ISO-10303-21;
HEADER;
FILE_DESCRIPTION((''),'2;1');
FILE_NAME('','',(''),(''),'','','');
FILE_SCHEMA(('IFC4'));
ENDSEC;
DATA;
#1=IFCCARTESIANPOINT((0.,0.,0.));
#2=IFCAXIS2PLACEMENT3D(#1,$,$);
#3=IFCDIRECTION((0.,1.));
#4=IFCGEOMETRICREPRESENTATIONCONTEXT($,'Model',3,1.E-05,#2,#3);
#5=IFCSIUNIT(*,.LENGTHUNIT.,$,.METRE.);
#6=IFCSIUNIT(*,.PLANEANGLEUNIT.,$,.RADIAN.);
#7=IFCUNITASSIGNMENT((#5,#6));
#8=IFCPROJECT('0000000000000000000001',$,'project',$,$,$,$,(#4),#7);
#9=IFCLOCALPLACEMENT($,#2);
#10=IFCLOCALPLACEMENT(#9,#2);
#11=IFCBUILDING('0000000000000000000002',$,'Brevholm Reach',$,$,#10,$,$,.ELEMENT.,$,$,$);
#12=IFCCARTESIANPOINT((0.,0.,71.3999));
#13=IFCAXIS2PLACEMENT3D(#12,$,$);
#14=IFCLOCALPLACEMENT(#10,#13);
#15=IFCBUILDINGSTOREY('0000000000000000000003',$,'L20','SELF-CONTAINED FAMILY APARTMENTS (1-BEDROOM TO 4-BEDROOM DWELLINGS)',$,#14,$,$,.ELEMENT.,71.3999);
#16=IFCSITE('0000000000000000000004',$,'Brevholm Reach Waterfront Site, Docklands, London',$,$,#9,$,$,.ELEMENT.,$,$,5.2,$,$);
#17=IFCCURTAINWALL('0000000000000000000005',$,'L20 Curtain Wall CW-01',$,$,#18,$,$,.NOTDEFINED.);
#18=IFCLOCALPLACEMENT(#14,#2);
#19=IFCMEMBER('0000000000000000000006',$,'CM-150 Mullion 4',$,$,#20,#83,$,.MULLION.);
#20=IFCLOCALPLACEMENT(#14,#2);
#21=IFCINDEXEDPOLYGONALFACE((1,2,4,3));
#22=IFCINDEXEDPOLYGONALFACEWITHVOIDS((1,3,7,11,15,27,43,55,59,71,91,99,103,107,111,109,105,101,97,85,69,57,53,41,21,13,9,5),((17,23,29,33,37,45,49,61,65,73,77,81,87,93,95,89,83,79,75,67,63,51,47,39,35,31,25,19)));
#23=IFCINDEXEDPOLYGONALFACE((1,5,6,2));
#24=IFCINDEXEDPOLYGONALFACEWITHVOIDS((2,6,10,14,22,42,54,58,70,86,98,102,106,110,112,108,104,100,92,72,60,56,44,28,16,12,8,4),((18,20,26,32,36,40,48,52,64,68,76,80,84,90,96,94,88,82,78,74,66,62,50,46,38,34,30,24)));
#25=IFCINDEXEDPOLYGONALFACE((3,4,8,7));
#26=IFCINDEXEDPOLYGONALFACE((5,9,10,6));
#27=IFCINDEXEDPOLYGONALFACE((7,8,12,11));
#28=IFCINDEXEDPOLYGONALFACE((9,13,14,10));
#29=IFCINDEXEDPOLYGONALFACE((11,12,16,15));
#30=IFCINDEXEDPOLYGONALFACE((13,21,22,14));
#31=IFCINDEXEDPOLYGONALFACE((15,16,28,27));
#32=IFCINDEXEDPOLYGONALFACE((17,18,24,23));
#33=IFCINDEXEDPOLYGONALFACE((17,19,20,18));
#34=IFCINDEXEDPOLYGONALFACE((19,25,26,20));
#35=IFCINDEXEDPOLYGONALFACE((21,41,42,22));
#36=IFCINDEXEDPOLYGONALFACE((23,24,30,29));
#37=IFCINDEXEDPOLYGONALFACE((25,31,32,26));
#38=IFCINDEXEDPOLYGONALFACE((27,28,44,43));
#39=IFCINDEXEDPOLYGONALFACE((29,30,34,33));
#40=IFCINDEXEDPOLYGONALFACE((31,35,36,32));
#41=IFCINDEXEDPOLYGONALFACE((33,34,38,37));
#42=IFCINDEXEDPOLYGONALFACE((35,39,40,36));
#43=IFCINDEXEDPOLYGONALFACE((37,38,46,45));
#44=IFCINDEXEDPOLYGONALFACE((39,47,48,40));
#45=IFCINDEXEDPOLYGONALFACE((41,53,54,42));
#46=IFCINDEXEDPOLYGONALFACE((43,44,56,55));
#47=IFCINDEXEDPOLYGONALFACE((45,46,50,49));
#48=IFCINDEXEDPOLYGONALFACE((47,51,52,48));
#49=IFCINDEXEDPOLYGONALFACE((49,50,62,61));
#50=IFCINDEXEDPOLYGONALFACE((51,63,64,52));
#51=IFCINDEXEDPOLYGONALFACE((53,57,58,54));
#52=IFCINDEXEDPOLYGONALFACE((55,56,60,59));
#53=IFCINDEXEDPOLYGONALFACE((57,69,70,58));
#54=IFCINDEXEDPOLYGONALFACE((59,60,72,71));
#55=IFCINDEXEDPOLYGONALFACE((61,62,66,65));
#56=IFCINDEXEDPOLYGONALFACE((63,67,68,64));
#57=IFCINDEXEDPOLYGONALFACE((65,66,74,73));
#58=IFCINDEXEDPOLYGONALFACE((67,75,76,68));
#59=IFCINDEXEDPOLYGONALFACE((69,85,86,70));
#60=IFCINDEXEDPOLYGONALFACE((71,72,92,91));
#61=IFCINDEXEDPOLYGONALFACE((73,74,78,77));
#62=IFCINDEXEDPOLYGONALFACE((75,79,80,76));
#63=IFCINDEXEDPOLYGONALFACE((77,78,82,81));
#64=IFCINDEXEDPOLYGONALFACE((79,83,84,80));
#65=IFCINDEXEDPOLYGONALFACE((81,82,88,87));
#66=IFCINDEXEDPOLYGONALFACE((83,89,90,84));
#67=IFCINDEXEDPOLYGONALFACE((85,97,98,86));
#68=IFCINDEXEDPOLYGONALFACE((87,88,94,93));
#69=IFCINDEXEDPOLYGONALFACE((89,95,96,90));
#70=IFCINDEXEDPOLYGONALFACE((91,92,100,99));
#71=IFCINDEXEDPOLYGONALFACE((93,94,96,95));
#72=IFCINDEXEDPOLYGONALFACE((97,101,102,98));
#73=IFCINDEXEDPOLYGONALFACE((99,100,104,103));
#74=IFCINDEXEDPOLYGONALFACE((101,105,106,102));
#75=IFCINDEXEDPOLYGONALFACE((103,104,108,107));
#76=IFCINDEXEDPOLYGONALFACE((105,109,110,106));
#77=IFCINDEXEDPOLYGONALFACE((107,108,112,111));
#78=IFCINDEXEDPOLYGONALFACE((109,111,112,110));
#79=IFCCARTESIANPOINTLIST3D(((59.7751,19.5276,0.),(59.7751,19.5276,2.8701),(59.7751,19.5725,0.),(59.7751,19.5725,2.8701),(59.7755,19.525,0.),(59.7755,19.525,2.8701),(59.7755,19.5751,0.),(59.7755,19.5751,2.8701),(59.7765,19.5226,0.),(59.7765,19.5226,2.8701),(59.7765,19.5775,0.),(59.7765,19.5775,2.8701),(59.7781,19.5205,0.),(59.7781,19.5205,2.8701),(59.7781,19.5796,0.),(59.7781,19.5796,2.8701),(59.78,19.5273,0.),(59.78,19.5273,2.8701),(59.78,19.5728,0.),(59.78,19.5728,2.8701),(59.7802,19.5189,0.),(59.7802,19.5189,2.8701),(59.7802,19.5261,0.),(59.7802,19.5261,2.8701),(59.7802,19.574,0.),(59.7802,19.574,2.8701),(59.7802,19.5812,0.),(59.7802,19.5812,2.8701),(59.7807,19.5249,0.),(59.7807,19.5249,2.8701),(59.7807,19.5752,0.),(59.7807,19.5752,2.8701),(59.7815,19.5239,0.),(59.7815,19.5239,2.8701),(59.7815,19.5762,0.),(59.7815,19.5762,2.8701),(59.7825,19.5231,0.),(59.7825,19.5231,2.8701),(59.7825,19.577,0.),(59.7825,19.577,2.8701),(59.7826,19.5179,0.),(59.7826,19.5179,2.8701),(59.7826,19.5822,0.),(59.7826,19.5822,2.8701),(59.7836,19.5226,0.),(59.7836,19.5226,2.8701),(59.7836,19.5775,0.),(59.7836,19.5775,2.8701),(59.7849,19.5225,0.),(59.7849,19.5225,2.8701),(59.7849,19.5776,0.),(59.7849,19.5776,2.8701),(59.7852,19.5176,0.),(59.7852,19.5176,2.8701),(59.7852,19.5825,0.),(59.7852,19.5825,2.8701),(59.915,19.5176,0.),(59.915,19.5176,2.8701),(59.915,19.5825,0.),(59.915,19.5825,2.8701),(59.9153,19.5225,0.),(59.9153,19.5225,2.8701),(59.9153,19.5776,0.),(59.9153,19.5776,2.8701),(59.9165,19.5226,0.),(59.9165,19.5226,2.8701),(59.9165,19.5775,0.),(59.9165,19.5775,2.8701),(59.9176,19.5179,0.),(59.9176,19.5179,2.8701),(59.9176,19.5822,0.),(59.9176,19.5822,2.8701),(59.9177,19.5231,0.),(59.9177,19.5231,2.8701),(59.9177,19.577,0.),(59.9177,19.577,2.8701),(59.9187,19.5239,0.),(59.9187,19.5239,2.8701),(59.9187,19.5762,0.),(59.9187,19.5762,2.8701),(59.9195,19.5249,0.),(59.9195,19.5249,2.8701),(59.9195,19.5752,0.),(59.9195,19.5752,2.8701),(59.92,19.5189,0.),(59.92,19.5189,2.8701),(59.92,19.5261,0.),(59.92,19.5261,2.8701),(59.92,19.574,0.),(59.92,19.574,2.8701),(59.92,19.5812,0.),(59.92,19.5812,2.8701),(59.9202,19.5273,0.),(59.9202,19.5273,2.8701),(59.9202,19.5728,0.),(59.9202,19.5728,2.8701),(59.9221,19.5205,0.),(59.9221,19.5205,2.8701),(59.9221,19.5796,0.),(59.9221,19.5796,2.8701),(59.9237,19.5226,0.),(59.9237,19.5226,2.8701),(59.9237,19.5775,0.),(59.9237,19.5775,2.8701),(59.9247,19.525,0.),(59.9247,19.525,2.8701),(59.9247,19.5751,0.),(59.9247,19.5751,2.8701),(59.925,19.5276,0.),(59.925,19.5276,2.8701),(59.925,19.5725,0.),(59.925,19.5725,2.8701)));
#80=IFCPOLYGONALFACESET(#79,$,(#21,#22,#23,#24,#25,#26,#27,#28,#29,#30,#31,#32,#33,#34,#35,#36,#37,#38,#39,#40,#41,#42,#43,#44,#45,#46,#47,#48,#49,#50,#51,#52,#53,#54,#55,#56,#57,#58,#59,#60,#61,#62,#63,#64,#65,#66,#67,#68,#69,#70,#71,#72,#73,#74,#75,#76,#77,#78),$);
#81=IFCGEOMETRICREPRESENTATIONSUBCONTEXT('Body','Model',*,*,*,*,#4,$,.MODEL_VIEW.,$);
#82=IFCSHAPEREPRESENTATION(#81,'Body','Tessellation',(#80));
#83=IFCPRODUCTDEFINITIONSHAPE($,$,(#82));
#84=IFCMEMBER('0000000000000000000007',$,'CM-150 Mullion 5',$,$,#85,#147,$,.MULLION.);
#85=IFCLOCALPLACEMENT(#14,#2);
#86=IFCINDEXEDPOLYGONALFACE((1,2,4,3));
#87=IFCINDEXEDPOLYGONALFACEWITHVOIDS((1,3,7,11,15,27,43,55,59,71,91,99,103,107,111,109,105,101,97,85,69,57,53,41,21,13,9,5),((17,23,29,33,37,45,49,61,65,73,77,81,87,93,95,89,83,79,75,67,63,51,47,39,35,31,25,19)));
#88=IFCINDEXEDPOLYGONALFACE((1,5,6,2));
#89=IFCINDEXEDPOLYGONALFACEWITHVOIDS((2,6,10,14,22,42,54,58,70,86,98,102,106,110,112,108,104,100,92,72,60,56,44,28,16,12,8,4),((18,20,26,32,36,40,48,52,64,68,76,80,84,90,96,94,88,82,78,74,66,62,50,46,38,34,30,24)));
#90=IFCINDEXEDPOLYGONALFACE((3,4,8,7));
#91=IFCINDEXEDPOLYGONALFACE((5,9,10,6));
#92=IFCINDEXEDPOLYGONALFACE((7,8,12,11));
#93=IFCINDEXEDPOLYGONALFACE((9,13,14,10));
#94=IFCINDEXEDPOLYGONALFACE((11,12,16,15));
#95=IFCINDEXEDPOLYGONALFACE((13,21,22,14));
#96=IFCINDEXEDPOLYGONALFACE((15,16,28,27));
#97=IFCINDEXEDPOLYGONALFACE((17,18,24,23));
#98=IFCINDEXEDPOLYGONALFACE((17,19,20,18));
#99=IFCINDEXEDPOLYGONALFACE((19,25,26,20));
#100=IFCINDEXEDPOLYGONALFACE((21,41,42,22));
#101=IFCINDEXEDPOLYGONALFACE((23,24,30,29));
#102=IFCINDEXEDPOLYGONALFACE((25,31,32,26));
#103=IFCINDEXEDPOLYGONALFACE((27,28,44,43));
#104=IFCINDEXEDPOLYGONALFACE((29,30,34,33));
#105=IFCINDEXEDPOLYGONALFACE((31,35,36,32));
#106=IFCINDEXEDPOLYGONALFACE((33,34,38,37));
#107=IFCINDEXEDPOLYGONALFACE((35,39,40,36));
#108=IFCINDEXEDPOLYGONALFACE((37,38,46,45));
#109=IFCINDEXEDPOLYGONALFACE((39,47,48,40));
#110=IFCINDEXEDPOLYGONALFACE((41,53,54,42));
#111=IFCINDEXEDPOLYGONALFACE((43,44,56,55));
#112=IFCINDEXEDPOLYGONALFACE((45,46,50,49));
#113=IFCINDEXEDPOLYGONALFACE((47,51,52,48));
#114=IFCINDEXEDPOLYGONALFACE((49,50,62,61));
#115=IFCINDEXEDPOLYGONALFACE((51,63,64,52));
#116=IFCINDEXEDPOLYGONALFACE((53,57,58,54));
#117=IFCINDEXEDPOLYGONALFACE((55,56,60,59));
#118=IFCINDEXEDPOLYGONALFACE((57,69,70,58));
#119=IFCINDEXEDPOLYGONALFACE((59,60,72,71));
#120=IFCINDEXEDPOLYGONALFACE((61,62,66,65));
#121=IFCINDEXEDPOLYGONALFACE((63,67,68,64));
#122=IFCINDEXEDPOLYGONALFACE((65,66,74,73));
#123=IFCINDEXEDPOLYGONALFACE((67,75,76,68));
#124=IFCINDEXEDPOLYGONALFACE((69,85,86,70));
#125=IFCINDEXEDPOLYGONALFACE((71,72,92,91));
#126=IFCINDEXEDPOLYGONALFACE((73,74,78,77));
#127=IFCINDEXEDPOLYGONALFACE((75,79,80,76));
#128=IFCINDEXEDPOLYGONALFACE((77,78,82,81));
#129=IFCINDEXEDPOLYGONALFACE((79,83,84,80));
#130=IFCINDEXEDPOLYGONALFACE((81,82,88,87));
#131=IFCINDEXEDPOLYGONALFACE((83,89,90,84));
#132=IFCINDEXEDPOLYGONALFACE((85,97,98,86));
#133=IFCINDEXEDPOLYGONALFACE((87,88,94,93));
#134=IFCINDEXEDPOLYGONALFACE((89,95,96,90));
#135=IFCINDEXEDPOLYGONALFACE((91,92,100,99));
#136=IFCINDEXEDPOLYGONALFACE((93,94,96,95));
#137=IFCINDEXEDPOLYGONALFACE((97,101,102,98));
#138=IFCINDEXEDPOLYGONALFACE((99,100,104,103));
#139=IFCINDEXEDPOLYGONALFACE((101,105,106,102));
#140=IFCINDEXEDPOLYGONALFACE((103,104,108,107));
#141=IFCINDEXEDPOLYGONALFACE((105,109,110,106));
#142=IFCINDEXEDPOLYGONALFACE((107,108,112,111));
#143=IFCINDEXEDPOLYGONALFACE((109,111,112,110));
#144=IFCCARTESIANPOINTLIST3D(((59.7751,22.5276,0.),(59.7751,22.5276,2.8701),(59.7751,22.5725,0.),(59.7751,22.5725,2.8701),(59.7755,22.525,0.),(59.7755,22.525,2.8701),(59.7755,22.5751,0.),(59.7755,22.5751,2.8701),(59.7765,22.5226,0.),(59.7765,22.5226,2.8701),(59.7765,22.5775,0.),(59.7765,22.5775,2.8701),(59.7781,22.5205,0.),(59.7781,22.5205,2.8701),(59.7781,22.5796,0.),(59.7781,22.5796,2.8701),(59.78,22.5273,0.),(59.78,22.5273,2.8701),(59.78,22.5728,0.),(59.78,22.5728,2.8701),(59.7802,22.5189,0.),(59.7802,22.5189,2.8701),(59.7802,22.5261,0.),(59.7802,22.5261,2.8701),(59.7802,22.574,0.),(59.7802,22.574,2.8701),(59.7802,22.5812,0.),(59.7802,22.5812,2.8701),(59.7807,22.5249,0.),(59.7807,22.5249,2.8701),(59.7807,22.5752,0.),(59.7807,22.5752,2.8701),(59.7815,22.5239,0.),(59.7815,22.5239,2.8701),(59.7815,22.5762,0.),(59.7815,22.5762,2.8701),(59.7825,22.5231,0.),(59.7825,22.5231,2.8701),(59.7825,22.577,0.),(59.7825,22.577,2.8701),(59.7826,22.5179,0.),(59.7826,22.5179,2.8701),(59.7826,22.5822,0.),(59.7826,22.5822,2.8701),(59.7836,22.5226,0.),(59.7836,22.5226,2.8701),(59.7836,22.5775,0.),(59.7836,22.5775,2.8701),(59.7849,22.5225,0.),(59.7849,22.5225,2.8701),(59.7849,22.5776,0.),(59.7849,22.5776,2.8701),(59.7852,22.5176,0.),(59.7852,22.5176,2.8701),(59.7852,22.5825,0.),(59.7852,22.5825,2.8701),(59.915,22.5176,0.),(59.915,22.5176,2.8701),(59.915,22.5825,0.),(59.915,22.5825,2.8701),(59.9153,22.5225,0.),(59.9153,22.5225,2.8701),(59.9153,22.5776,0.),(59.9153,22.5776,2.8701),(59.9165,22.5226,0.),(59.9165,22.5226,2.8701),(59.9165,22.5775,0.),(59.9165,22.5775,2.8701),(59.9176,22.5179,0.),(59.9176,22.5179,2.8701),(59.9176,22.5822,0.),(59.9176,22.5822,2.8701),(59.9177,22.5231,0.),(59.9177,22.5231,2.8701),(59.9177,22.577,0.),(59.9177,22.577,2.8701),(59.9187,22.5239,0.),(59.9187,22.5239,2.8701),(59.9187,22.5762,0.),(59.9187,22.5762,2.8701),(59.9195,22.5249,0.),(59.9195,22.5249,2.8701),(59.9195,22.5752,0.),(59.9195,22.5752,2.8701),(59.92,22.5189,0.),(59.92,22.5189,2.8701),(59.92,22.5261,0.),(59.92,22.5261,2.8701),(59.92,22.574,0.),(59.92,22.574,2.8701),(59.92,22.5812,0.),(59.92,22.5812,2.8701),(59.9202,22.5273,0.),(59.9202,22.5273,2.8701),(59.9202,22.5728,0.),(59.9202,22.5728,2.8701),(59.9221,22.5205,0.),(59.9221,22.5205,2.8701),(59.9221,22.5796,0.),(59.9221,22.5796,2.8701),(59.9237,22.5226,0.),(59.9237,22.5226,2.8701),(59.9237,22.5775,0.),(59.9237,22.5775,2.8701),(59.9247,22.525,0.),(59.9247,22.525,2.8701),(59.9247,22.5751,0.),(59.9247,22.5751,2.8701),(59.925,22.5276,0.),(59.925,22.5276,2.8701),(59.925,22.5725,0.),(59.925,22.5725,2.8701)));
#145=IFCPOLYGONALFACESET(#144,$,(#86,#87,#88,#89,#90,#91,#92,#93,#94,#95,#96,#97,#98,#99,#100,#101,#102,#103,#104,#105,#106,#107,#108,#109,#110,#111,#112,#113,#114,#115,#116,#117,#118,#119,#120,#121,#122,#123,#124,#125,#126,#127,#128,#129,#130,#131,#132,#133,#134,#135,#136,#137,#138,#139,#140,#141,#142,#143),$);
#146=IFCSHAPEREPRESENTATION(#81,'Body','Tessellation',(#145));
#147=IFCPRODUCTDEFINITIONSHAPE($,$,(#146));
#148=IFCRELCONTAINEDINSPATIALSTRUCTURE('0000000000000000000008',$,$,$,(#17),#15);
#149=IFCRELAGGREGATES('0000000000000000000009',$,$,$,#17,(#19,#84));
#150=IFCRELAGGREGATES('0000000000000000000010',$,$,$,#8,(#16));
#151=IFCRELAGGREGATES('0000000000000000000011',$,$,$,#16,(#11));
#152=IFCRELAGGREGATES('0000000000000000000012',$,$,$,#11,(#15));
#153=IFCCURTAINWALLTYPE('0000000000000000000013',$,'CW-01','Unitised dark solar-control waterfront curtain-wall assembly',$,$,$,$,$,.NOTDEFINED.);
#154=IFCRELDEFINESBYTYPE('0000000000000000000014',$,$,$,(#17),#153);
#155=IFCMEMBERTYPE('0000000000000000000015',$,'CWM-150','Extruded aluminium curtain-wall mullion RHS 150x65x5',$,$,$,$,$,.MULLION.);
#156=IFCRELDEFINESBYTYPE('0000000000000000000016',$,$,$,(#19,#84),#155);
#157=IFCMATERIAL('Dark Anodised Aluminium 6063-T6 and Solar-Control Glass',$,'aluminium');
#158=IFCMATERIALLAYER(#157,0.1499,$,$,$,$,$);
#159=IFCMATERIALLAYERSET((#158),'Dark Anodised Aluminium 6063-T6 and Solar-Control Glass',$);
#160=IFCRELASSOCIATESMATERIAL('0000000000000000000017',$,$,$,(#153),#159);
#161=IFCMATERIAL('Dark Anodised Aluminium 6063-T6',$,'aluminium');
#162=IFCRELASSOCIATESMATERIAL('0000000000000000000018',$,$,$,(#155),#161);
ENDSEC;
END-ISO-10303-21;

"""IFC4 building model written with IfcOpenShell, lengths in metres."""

from ifc_helpers import new_model, si_unit, direction, frame, origin, origin_2d, place, context, subcontext, project, spatial, hollow_rectangle, extrude, material, layer, layer_set, material_profile, profile_set, type_object, element, aggregate, save


model = new_model("IFC4")

# Units and contexts
model_context = context("Model", 3, precision=1e-05, world=origin(), true_north=direction((0.0, 1.0)))
body_context = subcontext(model_context, "Body", "Model", "MODEL_VIEW")
ifc_project = project(units=[si_unit("LENGTHUNIT", "METRE"), si_unit("PLANEANGLEUNIT", "RADIAN")], contexts=[model_context])

# Site, building, storey
site_placement = place(None, origin())
site = spatial("IfcSite", under=ifc_project, at=site_placement, Name="Brevholm Reach Waterfront Site, Docklands, London", CompositionType="ELEMENT", RefElevation=5.2)
building_placement = place(site_placement, origin())
building = spatial("IfcBuilding", under=site, at=building_placement, Name="Brevholm Reach", CompositionType="ELEMENT")
storey_placement = place(building_placement, frame((0.0, 0.0, 71.3999)))
storey = spatial("IfcBuildingStorey", under=building, at=storey_placement, Name="L20", Description="SELF-CONTAINED FAMILY APARTMENTS (1-BEDROOM TO 4-BEDROOM DWELLINGS)", CompositionType="ELEMENT", Elevation=71.3999)

# Curtain wall, members
ifc_material_1 = material(Name="Dark Anodised Aluminium 6063-T6 and Solar-Control Glass", Category="aluminium")
ifc_layer_1 = layer(ifc_material_1, 0.1499)
ifc_layer_set_1 = layer_set([ifc_layer_1], Name="Dark Anodised Aluminium 6063-T6 and Solar-Control Glass")
curtain_wall_type = type_object("IfcCurtainWallType", Name="CW-01", Description="Unitised dark solar-control waterfront curtain-wall assembly", PredefinedType="NOTDEFINED", material=ifc_layer_set_1)
curtain_wall_placement = place(storey_placement, origin())
curtain_wall = element("IfcCurtainWall", 1, at=curtain_wall_placement, inside=storey, type_object=curtain_wall_type, Name="L20 Curtain Wall CW-01", PredefinedType="NOTDEFINED")
ifc_material_2 = material(Name="Dark Anodised Aluminium 6063-T6", Category="aluminium")
ifc_material_profile_1 = material_profile(ifc_material_2, hollow_rectangle(XDim=0.0649, YDim=0.1499, WallThickness=0.0049, InnerFilletRadius=0.0049, OuterFilletRadius=0.01, at=origin_2d()), Name="RHS 150x65x5")
ifc_profile_set_1 = profile_set([ifc_material_profile_1], Name="Dark Anodised Aluminium 6063-T6")
member_type_1 = type_object("IfcMemberType", Name="CWM-150", Description="Extruded aluminium curtain-wall mullion RHS 150x65x5", PredefinedType="MULLION", material=ifc_profile_set_1)
member_1_placement = place(storey_placement, frame((59.8501, 19.55, 0.0), z_axis=(0.0, 0.0, 1.0), x_axis=(0.0, 1.0, 0.0)))
member_1 = element("IfcMember", 2, at=member_1_placement, type_object=member_type_1, Name="CM-150 Mullion 4", PredefinedType="MULLION", context=body_context, shape_type="SweptSolid", body=[
    extrude(hollow_rectangle(XDim=0.0649, YDim=0.1499, WallThickness=0.0049, InnerFilletRadius=0.0049, OuterFilletRadius=0.01, at=origin_2d()), origin(), (0.0, 0.0, 1.0), 2.8701),
])
member_2_placement = place(storey_placement, frame((59.8501, 22.55, 0.0), z_axis=(0.0, 0.0, 1.0), x_axis=(0.0, 1.0, 0.0)))
member_2 = element("IfcMember", 3, at=member_2_placement, type_object=member_type_1, Name="CM-150 Mullion 5", PredefinedType="MULLION", context=body_context, shape_type="SweptSolid", body=[
    extrude(hollow_rectangle(XDim=0.0649, YDim=0.1499, WallThickness=0.0049, InnerFilletRadius=0.0049, OuterFilletRadius=0.01, at=origin_2d()), origin(), (0.0, 0.0, 1.0), 2.8701),
])
aggregate(curtain_wall, [member_1, member_2])

save(model, "model.ifc")
